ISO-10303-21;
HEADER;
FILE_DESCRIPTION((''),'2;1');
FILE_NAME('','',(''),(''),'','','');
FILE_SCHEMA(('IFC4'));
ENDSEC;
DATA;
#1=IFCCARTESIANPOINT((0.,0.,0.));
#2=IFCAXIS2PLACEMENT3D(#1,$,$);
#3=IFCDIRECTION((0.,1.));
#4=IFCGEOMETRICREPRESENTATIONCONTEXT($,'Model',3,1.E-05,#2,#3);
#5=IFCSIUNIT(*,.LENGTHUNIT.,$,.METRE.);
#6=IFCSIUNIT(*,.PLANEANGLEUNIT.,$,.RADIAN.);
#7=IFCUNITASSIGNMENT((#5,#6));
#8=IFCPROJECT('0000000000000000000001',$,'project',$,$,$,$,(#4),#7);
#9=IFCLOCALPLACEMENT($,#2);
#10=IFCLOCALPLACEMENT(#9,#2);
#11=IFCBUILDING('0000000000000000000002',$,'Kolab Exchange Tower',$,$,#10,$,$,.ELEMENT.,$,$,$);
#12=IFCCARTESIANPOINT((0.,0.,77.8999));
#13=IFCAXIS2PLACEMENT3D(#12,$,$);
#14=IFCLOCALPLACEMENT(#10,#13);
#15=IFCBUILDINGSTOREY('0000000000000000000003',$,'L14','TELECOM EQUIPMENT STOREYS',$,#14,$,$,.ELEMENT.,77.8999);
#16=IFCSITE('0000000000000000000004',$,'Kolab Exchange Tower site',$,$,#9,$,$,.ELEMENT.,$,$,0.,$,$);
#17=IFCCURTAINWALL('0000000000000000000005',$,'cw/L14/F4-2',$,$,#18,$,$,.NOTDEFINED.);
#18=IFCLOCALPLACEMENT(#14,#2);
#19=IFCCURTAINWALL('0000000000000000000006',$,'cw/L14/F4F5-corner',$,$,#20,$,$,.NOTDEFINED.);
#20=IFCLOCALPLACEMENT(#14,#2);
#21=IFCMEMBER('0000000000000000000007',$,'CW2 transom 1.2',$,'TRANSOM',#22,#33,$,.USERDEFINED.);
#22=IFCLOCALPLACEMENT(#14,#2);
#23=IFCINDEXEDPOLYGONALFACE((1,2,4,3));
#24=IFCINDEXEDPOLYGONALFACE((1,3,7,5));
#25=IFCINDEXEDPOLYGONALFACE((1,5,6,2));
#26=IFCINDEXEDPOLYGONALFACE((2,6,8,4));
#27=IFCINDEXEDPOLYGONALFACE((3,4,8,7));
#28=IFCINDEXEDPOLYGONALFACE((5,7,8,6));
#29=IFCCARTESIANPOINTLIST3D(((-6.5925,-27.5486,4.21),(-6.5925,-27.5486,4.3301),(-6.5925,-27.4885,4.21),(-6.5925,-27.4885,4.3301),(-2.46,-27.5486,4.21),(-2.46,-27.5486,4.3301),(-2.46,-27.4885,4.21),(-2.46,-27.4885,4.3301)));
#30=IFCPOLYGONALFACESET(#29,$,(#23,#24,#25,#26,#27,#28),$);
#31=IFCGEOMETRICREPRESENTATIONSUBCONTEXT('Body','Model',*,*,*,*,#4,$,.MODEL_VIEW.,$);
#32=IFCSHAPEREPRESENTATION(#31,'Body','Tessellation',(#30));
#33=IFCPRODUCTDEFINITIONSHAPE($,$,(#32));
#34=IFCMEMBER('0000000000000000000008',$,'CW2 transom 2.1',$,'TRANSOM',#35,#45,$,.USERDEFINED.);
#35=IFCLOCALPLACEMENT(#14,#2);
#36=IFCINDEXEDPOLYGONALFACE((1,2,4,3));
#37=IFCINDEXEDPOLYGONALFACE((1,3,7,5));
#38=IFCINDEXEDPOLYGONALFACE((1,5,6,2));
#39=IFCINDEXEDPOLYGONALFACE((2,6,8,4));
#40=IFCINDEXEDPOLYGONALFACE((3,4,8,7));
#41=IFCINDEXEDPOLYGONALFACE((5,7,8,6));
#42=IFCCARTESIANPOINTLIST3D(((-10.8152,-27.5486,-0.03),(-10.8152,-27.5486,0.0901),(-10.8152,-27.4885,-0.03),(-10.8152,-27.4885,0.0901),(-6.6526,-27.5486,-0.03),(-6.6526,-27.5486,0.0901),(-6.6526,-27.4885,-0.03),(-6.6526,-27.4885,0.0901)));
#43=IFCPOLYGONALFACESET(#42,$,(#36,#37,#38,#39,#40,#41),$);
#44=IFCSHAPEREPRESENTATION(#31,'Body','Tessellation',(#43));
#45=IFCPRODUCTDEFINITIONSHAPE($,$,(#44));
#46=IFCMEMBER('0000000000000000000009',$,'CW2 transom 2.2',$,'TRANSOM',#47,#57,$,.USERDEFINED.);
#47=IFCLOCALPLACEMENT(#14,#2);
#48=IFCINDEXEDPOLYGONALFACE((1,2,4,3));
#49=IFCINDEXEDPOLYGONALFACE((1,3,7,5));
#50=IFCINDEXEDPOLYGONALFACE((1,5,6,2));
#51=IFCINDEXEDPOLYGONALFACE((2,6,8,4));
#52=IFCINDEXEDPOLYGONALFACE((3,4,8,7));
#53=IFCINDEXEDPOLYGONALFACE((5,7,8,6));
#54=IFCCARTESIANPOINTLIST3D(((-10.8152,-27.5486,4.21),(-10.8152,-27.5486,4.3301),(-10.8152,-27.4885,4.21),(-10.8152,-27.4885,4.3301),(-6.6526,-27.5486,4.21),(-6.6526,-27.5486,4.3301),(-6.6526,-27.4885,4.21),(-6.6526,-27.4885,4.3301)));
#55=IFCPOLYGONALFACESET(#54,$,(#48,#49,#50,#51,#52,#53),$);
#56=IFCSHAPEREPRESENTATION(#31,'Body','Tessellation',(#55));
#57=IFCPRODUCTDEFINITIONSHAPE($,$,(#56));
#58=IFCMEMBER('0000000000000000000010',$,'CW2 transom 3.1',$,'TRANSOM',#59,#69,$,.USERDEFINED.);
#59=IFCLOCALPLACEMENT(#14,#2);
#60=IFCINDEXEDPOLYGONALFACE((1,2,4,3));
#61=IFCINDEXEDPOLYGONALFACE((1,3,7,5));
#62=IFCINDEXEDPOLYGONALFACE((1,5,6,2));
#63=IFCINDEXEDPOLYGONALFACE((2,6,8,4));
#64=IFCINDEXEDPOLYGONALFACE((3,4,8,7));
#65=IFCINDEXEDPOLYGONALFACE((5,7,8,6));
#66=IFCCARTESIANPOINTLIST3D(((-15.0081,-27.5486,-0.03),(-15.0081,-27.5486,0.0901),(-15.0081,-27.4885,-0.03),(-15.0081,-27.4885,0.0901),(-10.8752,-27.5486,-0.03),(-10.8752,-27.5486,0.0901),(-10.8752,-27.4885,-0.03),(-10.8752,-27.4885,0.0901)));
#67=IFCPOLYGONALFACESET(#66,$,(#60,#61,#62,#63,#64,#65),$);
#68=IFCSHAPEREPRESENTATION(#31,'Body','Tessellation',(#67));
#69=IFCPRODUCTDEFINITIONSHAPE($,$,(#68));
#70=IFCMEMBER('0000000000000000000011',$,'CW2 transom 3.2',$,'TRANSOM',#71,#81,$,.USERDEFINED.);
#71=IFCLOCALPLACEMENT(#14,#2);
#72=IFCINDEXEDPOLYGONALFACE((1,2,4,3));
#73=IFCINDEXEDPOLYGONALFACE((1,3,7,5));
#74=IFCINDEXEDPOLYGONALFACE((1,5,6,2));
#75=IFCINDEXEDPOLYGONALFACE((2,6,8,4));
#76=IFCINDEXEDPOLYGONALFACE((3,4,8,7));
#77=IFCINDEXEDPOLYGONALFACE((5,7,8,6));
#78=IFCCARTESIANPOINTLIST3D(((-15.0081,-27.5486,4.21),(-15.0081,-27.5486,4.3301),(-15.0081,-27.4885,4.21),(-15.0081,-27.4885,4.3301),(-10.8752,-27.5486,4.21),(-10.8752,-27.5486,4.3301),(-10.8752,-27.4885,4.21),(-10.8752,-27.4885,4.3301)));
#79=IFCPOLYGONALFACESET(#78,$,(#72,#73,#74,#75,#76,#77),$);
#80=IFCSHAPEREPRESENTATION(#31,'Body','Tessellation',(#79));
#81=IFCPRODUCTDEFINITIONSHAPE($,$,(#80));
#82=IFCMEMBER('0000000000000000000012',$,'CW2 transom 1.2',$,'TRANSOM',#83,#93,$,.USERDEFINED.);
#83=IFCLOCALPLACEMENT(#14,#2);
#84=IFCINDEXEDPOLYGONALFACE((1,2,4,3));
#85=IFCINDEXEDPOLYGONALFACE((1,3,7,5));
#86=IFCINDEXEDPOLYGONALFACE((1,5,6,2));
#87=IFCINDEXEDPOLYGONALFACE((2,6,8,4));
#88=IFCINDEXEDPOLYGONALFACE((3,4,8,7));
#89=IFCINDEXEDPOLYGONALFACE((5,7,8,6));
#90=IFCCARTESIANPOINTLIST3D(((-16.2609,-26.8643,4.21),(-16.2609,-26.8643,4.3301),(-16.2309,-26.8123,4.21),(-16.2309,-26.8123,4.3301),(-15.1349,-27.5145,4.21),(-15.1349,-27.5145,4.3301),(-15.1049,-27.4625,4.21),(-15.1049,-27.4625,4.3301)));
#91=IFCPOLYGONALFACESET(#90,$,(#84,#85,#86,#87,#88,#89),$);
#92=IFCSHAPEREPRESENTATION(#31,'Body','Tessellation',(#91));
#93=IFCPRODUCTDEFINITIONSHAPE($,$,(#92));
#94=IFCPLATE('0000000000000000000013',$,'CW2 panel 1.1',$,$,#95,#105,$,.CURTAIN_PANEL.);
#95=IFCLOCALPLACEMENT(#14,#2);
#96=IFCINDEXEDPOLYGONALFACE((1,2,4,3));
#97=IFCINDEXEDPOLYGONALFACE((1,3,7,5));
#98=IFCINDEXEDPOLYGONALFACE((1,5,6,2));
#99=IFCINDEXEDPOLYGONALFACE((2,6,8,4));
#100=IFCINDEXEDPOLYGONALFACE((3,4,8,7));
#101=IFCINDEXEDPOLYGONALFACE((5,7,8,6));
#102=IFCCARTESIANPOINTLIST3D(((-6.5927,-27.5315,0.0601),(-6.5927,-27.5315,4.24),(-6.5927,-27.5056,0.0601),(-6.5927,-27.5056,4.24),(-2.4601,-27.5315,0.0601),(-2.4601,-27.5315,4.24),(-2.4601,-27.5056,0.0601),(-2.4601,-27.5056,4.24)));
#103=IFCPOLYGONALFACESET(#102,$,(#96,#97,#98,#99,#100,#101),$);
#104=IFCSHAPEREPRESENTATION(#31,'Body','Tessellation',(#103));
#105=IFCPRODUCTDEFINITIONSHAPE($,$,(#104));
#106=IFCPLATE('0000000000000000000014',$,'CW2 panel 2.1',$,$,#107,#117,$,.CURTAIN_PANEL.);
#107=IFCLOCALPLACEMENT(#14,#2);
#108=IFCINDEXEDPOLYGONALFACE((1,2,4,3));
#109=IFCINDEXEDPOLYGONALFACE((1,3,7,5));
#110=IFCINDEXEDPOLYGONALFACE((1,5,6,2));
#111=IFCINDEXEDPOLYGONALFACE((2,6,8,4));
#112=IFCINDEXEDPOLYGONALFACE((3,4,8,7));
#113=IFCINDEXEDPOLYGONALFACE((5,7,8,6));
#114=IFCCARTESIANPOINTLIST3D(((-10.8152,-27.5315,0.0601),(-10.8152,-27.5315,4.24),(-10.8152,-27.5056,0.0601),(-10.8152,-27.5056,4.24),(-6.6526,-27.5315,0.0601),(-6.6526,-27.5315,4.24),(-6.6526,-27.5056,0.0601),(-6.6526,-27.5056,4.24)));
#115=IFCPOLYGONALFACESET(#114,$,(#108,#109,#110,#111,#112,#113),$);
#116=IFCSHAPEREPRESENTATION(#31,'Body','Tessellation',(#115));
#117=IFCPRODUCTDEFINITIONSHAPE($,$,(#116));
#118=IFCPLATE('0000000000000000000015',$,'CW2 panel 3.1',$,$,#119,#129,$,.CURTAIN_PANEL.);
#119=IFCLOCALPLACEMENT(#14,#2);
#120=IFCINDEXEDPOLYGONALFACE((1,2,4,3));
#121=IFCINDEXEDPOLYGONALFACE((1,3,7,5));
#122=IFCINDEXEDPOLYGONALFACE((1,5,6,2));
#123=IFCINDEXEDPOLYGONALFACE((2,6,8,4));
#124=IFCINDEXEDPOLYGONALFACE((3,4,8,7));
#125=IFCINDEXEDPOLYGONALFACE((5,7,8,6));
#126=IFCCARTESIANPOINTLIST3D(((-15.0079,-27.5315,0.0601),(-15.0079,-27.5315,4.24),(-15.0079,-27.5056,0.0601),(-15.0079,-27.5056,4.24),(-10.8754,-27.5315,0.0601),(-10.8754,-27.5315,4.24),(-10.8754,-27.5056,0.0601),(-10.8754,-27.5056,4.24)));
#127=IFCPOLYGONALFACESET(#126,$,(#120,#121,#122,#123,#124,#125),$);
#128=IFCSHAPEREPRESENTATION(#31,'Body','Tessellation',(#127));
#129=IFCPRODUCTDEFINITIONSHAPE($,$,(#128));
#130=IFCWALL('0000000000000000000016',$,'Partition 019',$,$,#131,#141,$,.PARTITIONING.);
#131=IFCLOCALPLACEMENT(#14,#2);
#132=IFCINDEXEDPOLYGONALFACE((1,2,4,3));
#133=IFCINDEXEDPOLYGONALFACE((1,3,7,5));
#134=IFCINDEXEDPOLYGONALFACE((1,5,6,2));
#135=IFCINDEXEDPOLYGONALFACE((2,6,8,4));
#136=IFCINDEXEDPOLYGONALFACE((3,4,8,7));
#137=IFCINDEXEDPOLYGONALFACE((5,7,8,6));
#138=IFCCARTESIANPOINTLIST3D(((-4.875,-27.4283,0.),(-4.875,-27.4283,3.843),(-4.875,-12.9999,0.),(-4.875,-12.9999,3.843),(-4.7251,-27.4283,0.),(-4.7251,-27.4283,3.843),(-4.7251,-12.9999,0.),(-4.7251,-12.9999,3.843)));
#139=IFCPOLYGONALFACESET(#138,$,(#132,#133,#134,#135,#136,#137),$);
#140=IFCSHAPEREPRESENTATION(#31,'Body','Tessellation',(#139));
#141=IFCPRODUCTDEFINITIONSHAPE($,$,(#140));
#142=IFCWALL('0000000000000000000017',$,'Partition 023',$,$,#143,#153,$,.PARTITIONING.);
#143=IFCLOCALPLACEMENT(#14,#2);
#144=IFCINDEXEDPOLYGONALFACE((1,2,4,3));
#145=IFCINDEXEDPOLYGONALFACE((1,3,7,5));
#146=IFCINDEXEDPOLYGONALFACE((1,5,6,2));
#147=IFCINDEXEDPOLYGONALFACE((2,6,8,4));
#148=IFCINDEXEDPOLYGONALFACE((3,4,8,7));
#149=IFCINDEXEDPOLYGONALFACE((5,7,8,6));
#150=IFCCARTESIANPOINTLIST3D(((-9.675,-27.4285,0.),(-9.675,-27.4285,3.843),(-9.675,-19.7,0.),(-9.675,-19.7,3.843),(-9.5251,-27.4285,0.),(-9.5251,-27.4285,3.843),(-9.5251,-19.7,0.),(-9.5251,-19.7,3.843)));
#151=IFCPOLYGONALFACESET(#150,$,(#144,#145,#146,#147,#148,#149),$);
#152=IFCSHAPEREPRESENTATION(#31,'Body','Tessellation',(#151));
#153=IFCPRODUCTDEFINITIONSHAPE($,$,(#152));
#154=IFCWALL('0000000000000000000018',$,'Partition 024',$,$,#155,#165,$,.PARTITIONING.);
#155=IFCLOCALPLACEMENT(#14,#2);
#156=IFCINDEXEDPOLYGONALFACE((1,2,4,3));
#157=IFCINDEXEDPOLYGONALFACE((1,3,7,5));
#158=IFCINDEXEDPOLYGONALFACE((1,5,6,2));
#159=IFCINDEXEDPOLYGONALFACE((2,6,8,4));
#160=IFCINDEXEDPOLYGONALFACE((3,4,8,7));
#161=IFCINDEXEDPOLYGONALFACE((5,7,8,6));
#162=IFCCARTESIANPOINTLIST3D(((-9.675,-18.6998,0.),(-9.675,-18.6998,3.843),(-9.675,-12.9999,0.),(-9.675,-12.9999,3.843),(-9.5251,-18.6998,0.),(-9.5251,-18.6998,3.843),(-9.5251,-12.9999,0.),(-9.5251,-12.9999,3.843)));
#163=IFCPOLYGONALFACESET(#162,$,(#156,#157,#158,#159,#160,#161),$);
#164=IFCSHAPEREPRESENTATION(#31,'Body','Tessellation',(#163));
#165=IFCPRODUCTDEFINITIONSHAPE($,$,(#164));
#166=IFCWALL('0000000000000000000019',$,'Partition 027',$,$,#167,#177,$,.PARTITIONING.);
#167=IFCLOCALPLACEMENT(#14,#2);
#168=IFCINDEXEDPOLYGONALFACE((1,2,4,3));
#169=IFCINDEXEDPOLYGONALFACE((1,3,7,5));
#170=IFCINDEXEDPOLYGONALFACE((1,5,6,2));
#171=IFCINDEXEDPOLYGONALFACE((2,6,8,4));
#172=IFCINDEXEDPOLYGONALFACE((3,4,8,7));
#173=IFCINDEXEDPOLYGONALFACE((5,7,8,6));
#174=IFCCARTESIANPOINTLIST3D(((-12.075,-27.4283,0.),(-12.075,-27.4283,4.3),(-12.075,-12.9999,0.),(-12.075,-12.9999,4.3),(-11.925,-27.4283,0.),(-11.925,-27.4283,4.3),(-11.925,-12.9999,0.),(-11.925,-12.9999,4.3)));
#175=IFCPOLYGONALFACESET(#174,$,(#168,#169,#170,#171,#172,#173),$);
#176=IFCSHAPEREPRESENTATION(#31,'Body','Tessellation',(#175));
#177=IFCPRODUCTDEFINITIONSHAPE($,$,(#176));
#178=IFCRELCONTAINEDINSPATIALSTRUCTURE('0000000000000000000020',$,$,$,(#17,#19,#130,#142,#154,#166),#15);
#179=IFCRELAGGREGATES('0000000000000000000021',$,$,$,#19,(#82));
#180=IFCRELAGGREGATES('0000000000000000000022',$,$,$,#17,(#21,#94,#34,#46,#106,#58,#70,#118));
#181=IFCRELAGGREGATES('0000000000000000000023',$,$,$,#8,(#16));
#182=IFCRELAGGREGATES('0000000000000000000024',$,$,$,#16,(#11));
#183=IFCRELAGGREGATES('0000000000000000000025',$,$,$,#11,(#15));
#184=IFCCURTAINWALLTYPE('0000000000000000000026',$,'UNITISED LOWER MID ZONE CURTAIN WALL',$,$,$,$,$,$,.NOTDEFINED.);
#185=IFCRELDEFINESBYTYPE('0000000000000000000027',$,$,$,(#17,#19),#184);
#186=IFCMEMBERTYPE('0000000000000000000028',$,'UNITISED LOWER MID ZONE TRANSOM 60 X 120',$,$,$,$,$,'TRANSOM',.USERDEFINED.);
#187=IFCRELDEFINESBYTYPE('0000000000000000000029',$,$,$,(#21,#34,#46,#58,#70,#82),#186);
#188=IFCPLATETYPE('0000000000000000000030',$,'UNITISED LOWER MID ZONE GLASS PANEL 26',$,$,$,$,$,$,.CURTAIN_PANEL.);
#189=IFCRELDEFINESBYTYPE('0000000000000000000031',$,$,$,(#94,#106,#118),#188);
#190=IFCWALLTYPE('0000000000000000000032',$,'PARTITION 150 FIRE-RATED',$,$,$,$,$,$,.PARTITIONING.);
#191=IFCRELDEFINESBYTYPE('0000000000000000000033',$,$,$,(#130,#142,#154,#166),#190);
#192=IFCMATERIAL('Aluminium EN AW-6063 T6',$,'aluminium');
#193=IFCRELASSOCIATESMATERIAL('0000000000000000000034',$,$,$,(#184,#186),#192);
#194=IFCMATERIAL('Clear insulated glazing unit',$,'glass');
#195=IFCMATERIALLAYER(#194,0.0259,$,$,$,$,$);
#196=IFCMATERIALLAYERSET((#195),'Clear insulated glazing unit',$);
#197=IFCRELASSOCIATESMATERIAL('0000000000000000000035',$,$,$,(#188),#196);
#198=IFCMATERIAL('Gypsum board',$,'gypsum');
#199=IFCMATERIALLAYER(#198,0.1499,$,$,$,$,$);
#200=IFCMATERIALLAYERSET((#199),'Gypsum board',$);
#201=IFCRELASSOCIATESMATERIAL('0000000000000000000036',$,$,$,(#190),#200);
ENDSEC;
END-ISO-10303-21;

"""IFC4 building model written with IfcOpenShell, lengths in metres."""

from ifc_helpers import new_model, si_unit, direction, frame, frame_2d, origin, origin_2d, place, context, subcontext, project, spatial, rectangle, extrude, material, layer, layer_set, material_profile, profile_set, type_object, element, aggregate, save


model = new_model("IFC4")

# Units and contexts
model_context = context("Model", 3, precision=1e-05, world=origin(), true_north=direction((0.0, 1.0)))
body_context = subcontext(model_context, "Body", "Model", "MODEL_VIEW")
ifc_project = project(units=[si_unit("LENGTHUNIT", "METRE"), si_unit("PLANEANGLEUNIT", "RADIAN")], contexts=[model_context])

# Site, building, storey
site_placement = place(None, origin())
site = spatial("IfcSite", under=ifc_project, at=site_placement, Name="Kolab Exchange Tower site", CompositionType="ELEMENT", RefElevation=0.0)
building_placement = place(site_placement, origin())
building = spatial("IfcBuilding", under=site, at=building_placement, Name="Kolab Exchange Tower", CompositionType="ELEMENT")
storey_placement = place(building_placement, frame((0.0, 0.0, 77.8999)))
storey = spatial("IfcBuildingStorey", under=building, at=storey_placement, Name="L14", Description="TELECOM EQUIPMENT STOREYS", CompositionType="ELEMENT", Elevation=77.8999)

# Curtain wall
ifc_material_1 = material(Name="Aluminium EN AW-6063 T6", Category="aluminium")
curtain_wall_type = type_object("IfcCurtainWallType", Name="UNITISED LOWER MID ZONE CURTAIN WALL", PredefinedType="NOTDEFINED", material=ifc_material_1)
curtain_wall_1_placement = place(storey_placement, origin())
curtain_wall_1 = element("IfcCurtainWall", 1, at=curtain_wall_1_placement, inside=storey, type_object=curtain_wall_type, Name="cw/L14/F4-2", PredefinedType="NOTDEFINED")

# Curtain wall
curtain_wall_2_placement = place(storey_placement, origin())
curtain_wall_2 = element("IfcCurtainWall", 2, at=curtain_wall_2_placement, inside=storey, type_object=curtain_wall_type, Name="cw/L14/F4F5-corner", PredefinedType="NOTDEFINED")

# Members
ifc_material_profile_1 = material_profile(ifc_material_1, rectangle(XDim=0.0601, YDim=0.1201, at=origin_2d()), Name="RECT 60X120")
ifc_profile_set_1 = profile_set([ifc_material_profile_1], Name="Aluminium EN AW-6063 T6")
member_type_1 = type_object("IfcMemberType", Name="UNITISED LOWER MID ZONE TRANSOM 60 X 120", ElementType="TRANSOM", PredefinedType="USERDEFINED", material=ifc_profile_set_1)
member_1_placement = place(storey_placement, frame((-2.46, -27.5186, 4.27), z_axis=(-1.0, 0.0, 0.0), x_axis=(0.0, -1.0, 0.0)))
member_1 = element("IfcMember", 3, at=member_1_placement, type_object=member_type_1, Name="CW2 transom 1.2", ObjectType="TRANSOM", PredefinedType="USERDEFINED", context=body_context, shape_type="SweptSolid", body=[
    extrude(rectangle(XDim=0.0601, YDim=0.1201, at=origin_2d()), origin(), (0.0, 0.0, 1.0), 4.1326),
])
member_2_placement = place(storey_placement, frame((-6.6526, -27.5186, 0.03), z_axis=(-1.0, 0.0, 0.0), x_axis=(0.0, -1.0, 0.0)))
member_2 = element("IfcMember", 4, at=member_2_placement, type_object=member_type_1, Name="CW2 transom 2.1", ObjectType="TRANSOM", PredefinedType="USERDEFINED", context=body_context, shape_type="SweptSolid", body=[
    extrude(rectangle(XDim=0.0601, YDim=0.1201, at=origin_2d()), origin(), (0.0, 0.0, 1.0), 4.1626),
])
member_3_placement = place(storey_placement, frame((-6.6526, -27.5186, 4.27), z_axis=(-1.0, 0.0, 0.0), x_axis=(0.0, -1.0, 0.0)))
member_3 = element("IfcMember", 5, at=member_3_placement, type_object=member_type_1, Name="CW2 transom 2.2", ObjectType="TRANSOM", PredefinedType="USERDEFINED", context=body_context, shape_type="SweptSolid", body=[
    extrude(rectangle(XDim=0.0601, YDim=0.1201, at=origin_2d()), origin(), (0.0, 0.0, 1.0), 4.1626),
])
member_4_placement = place(storey_placement, frame((-10.8752, -27.5186, 0.03), z_axis=(-1.0, 0.0, 0.0), x_axis=(0.0, -1.0, 0.0)))
member_4 = element("IfcMember", 6, at=member_4_placement, type_object=member_type_1, Name="CW2 transom 3.1", ObjectType="TRANSOM", PredefinedType="USERDEFINED", context=body_context, shape_type="SweptSolid", body=[
    extrude(rectangle(XDim=0.0601, YDim=0.1201, at=origin_2d()), origin(), (0.0, 0.0, 1.0), 4.1328),
])
member_5_placement = place(storey_placement, frame((-10.8752, -27.5186, 4.27), z_axis=(-1.0, 0.0, 0.0), x_axis=(0.0, -1.0, 0.0)))
member_5 = element("IfcMember", 7, at=member_5_placement, type_object=member_type_1, Name="CW2 transom 3.2", ObjectType="TRANSOM", PredefinedType="USERDEFINED", context=body_context, shape_type="SweptSolid", body=[
    extrude(rectangle(XDim=0.0601, YDim=0.1201, at=origin_2d()), origin(), (0.0, 0.0, 1.0), 4.1328),
])
member_6_placement = place(storey_placement, frame((-15.1199, -27.4885, 4.27), z_axis=(-0.866004, 0.500037, 0.0), x_axis=(-0.500037, -0.866004, 0.0)))
member_6 = element("IfcMember", 8, at=member_6_placement, type_object=member_type_1, Name="CW2 transom 1.2", ObjectType="TRANSOM", PredefinedType="USERDEFINED", context=body_context, shape_type="SweptSolid", body=[
    extrude(rectangle(XDim=0.0601, YDim=0.1201, at=origin_2d()), origin(), (0.0, 0.0, 1.0), 1.3003),
])
aggregate(curtain_wall_2, [member_6])

# Plates
ifc_material_2 = material(Name="Clear insulated glazing unit", Category="glass")
ifc_layer_1 = layer(ifc_material_2, 0.0259)
ifc_layer_set_1 = layer_set([ifc_layer_1], Name="Clear insulated glazing unit")
plate_type = type_object("IfcPlateType", Name="UNITISED LOWER MID ZONE GLASS PANEL 26", PredefinedType="CURTAIN_PANEL", material=ifc_layer_set_1)
plate_1_placement = place(storey_placement, frame((-4.5264, -27.5186, 0.0601), z_axis=(0.0, 0.0, 1.0), x_axis=(-1.0, 0.0, 0.0)))
plate_1 = element("IfcPlate", 9, at=plate_1_placement, type_object=plate_type, Name="CW2 panel 1.1", PredefinedType="CURTAIN_PANEL", context=body_context, shape_type="SweptSolid", body=[
    extrude(rectangle(XDim=4.1326, YDim=0.0259, at=origin_2d()), origin(), (0.0, 0.0, 1.0), 4.1799),
])
plate_2_placement = place(storey_placement, frame((-8.7339, -27.5186, 0.0601), z_axis=(0.0, 0.0, 1.0), x_axis=(-1.0, 0.0, 0.0)))
plate_2 = element("IfcPlate", 10, at=plate_2_placement, type_object=plate_type, Name="CW2 panel 2.1", PredefinedType="CURTAIN_PANEL", context=body_context, shape_type="SweptSolid", body=[
    extrude(rectangle(XDim=4.1626, YDim=0.0259, at=origin_2d()), origin(), (0.0, 0.0, 1.0), 4.1799),
])
plate_3_placement = place(storey_placement, frame((-12.9417, -27.5186, 0.0601), z_axis=(0.0, 0.0, 1.0), x_axis=(-1.0, 0.0, 0.0)))
plate_3 = element("IfcPlate", 11, at=plate_3_placement, type_object=plate_type, Name="CW2 panel 3.1", PredefinedType="CURTAIN_PANEL", context=body_context, shape_type="SweptSolid", body=[
    extrude(rectangle(XDim=4.1326, YDim=0.0259, at=origin_2d()), origin(), (0.0, 0.0, 1.0), 4.1799),
])
aggregate(curtain_wall_1, [member_1, plate_1, member_2, member_3, plate_2, member_4, member_5, plate_3])

# Walls
ifc_material_3 = material(Name="Gypsum board", Category="gypsum")
ifc_layer_2 = layer(ifc_material_3, 0.1499)
ifc_layer_set_2 = layer_set([ifc_layer_2], Name="Gypsum board")
wall_type = type_object("IfcWallType", Name="PARTITION 150 FIRE-RATED", PredefinedType="PARTITIONING", material=ifc_layer_set_2)
wall_1_placement = place(storey_placement, frame((-4.8, -27.4285, 0.0), z_axis=(0.0, 0.0, 1.0), x_axis=(0.0, 1.0, 0.0)))
element("IfcWall", 12, at=wall_1_placement, inside=storey, type_object=wall_type, Name="Partition 019", PredefinedType="PARTITIONING", context=body_context, shape_type="SweptSolid", body=[
    extrude(rectangle(XDim=14.4285, YDim=0.1499, at=frame_2d((7.2144, 0.0))), origin(), (0.0, 0.0, 1.0), 3.843),
])
wall_2_placement = place(storey_placement, frame((-9.6001, -27.4285, 0.0), z_axis=(0.0, 0.0, 1.0), x_axis=(0.0, 1.0, 0.0)))
element("IfcWall", 13, at=wall_2_placement, inside=storey, type_object=wall_type, Name="Partition 023", PredefinedType="PARTITIONING", context=body_context, shape_type="SweptSolid", body=[
    extrude(rectangle(XDim=7.7285, YDim=0.1499, at=frame_2d((3.8643, 0.0))), origin(), (0.0, 0.0, 1.0), 3.843),
])
wall_3_placement = place(storey_placement, frame((-9.6001, -18.7, 0.0), z_axis=(0.0, 0.0, 1.0), x_axis=(0.0, 1.0, 0.0)))
element("IfcWall", 14, at=wall_3_placement, inside=storey, type_object=wall_type, Name="Partition 024", PredefinedType="PARTITIONING", context=body_context, shape_type="SweptSolid", body=[
    extrude(rectangle(XDim=5.7, YDim=0.1499, at=frame_2d((2.8501, 0.0))), origin(), (0.0, 0.0, 1.0), 3.843),
])
wall_4_placement = place(storey_placement, frame((-12.0, -27.4285, 0.0), z_axis=(0.0, 0.0, 1.0), x_axis=(0.0, 1.0, 0.0)))
element("IfcWall", 15, at=wall_4_placement, inside=storey, type_object=wall_type, Name="Partition 027", PredefinedType="PARTITIONING", context=body_context, shape_type="SweptSolid", body=[
    extrude(rectangle(XDim=14.4285, YDim=0.1499, at=frame_2d((7.2144, 0.0))), origin(), (0.0, 0.0, 1.0), 4.3),
])

save(model, "model.ifc")
